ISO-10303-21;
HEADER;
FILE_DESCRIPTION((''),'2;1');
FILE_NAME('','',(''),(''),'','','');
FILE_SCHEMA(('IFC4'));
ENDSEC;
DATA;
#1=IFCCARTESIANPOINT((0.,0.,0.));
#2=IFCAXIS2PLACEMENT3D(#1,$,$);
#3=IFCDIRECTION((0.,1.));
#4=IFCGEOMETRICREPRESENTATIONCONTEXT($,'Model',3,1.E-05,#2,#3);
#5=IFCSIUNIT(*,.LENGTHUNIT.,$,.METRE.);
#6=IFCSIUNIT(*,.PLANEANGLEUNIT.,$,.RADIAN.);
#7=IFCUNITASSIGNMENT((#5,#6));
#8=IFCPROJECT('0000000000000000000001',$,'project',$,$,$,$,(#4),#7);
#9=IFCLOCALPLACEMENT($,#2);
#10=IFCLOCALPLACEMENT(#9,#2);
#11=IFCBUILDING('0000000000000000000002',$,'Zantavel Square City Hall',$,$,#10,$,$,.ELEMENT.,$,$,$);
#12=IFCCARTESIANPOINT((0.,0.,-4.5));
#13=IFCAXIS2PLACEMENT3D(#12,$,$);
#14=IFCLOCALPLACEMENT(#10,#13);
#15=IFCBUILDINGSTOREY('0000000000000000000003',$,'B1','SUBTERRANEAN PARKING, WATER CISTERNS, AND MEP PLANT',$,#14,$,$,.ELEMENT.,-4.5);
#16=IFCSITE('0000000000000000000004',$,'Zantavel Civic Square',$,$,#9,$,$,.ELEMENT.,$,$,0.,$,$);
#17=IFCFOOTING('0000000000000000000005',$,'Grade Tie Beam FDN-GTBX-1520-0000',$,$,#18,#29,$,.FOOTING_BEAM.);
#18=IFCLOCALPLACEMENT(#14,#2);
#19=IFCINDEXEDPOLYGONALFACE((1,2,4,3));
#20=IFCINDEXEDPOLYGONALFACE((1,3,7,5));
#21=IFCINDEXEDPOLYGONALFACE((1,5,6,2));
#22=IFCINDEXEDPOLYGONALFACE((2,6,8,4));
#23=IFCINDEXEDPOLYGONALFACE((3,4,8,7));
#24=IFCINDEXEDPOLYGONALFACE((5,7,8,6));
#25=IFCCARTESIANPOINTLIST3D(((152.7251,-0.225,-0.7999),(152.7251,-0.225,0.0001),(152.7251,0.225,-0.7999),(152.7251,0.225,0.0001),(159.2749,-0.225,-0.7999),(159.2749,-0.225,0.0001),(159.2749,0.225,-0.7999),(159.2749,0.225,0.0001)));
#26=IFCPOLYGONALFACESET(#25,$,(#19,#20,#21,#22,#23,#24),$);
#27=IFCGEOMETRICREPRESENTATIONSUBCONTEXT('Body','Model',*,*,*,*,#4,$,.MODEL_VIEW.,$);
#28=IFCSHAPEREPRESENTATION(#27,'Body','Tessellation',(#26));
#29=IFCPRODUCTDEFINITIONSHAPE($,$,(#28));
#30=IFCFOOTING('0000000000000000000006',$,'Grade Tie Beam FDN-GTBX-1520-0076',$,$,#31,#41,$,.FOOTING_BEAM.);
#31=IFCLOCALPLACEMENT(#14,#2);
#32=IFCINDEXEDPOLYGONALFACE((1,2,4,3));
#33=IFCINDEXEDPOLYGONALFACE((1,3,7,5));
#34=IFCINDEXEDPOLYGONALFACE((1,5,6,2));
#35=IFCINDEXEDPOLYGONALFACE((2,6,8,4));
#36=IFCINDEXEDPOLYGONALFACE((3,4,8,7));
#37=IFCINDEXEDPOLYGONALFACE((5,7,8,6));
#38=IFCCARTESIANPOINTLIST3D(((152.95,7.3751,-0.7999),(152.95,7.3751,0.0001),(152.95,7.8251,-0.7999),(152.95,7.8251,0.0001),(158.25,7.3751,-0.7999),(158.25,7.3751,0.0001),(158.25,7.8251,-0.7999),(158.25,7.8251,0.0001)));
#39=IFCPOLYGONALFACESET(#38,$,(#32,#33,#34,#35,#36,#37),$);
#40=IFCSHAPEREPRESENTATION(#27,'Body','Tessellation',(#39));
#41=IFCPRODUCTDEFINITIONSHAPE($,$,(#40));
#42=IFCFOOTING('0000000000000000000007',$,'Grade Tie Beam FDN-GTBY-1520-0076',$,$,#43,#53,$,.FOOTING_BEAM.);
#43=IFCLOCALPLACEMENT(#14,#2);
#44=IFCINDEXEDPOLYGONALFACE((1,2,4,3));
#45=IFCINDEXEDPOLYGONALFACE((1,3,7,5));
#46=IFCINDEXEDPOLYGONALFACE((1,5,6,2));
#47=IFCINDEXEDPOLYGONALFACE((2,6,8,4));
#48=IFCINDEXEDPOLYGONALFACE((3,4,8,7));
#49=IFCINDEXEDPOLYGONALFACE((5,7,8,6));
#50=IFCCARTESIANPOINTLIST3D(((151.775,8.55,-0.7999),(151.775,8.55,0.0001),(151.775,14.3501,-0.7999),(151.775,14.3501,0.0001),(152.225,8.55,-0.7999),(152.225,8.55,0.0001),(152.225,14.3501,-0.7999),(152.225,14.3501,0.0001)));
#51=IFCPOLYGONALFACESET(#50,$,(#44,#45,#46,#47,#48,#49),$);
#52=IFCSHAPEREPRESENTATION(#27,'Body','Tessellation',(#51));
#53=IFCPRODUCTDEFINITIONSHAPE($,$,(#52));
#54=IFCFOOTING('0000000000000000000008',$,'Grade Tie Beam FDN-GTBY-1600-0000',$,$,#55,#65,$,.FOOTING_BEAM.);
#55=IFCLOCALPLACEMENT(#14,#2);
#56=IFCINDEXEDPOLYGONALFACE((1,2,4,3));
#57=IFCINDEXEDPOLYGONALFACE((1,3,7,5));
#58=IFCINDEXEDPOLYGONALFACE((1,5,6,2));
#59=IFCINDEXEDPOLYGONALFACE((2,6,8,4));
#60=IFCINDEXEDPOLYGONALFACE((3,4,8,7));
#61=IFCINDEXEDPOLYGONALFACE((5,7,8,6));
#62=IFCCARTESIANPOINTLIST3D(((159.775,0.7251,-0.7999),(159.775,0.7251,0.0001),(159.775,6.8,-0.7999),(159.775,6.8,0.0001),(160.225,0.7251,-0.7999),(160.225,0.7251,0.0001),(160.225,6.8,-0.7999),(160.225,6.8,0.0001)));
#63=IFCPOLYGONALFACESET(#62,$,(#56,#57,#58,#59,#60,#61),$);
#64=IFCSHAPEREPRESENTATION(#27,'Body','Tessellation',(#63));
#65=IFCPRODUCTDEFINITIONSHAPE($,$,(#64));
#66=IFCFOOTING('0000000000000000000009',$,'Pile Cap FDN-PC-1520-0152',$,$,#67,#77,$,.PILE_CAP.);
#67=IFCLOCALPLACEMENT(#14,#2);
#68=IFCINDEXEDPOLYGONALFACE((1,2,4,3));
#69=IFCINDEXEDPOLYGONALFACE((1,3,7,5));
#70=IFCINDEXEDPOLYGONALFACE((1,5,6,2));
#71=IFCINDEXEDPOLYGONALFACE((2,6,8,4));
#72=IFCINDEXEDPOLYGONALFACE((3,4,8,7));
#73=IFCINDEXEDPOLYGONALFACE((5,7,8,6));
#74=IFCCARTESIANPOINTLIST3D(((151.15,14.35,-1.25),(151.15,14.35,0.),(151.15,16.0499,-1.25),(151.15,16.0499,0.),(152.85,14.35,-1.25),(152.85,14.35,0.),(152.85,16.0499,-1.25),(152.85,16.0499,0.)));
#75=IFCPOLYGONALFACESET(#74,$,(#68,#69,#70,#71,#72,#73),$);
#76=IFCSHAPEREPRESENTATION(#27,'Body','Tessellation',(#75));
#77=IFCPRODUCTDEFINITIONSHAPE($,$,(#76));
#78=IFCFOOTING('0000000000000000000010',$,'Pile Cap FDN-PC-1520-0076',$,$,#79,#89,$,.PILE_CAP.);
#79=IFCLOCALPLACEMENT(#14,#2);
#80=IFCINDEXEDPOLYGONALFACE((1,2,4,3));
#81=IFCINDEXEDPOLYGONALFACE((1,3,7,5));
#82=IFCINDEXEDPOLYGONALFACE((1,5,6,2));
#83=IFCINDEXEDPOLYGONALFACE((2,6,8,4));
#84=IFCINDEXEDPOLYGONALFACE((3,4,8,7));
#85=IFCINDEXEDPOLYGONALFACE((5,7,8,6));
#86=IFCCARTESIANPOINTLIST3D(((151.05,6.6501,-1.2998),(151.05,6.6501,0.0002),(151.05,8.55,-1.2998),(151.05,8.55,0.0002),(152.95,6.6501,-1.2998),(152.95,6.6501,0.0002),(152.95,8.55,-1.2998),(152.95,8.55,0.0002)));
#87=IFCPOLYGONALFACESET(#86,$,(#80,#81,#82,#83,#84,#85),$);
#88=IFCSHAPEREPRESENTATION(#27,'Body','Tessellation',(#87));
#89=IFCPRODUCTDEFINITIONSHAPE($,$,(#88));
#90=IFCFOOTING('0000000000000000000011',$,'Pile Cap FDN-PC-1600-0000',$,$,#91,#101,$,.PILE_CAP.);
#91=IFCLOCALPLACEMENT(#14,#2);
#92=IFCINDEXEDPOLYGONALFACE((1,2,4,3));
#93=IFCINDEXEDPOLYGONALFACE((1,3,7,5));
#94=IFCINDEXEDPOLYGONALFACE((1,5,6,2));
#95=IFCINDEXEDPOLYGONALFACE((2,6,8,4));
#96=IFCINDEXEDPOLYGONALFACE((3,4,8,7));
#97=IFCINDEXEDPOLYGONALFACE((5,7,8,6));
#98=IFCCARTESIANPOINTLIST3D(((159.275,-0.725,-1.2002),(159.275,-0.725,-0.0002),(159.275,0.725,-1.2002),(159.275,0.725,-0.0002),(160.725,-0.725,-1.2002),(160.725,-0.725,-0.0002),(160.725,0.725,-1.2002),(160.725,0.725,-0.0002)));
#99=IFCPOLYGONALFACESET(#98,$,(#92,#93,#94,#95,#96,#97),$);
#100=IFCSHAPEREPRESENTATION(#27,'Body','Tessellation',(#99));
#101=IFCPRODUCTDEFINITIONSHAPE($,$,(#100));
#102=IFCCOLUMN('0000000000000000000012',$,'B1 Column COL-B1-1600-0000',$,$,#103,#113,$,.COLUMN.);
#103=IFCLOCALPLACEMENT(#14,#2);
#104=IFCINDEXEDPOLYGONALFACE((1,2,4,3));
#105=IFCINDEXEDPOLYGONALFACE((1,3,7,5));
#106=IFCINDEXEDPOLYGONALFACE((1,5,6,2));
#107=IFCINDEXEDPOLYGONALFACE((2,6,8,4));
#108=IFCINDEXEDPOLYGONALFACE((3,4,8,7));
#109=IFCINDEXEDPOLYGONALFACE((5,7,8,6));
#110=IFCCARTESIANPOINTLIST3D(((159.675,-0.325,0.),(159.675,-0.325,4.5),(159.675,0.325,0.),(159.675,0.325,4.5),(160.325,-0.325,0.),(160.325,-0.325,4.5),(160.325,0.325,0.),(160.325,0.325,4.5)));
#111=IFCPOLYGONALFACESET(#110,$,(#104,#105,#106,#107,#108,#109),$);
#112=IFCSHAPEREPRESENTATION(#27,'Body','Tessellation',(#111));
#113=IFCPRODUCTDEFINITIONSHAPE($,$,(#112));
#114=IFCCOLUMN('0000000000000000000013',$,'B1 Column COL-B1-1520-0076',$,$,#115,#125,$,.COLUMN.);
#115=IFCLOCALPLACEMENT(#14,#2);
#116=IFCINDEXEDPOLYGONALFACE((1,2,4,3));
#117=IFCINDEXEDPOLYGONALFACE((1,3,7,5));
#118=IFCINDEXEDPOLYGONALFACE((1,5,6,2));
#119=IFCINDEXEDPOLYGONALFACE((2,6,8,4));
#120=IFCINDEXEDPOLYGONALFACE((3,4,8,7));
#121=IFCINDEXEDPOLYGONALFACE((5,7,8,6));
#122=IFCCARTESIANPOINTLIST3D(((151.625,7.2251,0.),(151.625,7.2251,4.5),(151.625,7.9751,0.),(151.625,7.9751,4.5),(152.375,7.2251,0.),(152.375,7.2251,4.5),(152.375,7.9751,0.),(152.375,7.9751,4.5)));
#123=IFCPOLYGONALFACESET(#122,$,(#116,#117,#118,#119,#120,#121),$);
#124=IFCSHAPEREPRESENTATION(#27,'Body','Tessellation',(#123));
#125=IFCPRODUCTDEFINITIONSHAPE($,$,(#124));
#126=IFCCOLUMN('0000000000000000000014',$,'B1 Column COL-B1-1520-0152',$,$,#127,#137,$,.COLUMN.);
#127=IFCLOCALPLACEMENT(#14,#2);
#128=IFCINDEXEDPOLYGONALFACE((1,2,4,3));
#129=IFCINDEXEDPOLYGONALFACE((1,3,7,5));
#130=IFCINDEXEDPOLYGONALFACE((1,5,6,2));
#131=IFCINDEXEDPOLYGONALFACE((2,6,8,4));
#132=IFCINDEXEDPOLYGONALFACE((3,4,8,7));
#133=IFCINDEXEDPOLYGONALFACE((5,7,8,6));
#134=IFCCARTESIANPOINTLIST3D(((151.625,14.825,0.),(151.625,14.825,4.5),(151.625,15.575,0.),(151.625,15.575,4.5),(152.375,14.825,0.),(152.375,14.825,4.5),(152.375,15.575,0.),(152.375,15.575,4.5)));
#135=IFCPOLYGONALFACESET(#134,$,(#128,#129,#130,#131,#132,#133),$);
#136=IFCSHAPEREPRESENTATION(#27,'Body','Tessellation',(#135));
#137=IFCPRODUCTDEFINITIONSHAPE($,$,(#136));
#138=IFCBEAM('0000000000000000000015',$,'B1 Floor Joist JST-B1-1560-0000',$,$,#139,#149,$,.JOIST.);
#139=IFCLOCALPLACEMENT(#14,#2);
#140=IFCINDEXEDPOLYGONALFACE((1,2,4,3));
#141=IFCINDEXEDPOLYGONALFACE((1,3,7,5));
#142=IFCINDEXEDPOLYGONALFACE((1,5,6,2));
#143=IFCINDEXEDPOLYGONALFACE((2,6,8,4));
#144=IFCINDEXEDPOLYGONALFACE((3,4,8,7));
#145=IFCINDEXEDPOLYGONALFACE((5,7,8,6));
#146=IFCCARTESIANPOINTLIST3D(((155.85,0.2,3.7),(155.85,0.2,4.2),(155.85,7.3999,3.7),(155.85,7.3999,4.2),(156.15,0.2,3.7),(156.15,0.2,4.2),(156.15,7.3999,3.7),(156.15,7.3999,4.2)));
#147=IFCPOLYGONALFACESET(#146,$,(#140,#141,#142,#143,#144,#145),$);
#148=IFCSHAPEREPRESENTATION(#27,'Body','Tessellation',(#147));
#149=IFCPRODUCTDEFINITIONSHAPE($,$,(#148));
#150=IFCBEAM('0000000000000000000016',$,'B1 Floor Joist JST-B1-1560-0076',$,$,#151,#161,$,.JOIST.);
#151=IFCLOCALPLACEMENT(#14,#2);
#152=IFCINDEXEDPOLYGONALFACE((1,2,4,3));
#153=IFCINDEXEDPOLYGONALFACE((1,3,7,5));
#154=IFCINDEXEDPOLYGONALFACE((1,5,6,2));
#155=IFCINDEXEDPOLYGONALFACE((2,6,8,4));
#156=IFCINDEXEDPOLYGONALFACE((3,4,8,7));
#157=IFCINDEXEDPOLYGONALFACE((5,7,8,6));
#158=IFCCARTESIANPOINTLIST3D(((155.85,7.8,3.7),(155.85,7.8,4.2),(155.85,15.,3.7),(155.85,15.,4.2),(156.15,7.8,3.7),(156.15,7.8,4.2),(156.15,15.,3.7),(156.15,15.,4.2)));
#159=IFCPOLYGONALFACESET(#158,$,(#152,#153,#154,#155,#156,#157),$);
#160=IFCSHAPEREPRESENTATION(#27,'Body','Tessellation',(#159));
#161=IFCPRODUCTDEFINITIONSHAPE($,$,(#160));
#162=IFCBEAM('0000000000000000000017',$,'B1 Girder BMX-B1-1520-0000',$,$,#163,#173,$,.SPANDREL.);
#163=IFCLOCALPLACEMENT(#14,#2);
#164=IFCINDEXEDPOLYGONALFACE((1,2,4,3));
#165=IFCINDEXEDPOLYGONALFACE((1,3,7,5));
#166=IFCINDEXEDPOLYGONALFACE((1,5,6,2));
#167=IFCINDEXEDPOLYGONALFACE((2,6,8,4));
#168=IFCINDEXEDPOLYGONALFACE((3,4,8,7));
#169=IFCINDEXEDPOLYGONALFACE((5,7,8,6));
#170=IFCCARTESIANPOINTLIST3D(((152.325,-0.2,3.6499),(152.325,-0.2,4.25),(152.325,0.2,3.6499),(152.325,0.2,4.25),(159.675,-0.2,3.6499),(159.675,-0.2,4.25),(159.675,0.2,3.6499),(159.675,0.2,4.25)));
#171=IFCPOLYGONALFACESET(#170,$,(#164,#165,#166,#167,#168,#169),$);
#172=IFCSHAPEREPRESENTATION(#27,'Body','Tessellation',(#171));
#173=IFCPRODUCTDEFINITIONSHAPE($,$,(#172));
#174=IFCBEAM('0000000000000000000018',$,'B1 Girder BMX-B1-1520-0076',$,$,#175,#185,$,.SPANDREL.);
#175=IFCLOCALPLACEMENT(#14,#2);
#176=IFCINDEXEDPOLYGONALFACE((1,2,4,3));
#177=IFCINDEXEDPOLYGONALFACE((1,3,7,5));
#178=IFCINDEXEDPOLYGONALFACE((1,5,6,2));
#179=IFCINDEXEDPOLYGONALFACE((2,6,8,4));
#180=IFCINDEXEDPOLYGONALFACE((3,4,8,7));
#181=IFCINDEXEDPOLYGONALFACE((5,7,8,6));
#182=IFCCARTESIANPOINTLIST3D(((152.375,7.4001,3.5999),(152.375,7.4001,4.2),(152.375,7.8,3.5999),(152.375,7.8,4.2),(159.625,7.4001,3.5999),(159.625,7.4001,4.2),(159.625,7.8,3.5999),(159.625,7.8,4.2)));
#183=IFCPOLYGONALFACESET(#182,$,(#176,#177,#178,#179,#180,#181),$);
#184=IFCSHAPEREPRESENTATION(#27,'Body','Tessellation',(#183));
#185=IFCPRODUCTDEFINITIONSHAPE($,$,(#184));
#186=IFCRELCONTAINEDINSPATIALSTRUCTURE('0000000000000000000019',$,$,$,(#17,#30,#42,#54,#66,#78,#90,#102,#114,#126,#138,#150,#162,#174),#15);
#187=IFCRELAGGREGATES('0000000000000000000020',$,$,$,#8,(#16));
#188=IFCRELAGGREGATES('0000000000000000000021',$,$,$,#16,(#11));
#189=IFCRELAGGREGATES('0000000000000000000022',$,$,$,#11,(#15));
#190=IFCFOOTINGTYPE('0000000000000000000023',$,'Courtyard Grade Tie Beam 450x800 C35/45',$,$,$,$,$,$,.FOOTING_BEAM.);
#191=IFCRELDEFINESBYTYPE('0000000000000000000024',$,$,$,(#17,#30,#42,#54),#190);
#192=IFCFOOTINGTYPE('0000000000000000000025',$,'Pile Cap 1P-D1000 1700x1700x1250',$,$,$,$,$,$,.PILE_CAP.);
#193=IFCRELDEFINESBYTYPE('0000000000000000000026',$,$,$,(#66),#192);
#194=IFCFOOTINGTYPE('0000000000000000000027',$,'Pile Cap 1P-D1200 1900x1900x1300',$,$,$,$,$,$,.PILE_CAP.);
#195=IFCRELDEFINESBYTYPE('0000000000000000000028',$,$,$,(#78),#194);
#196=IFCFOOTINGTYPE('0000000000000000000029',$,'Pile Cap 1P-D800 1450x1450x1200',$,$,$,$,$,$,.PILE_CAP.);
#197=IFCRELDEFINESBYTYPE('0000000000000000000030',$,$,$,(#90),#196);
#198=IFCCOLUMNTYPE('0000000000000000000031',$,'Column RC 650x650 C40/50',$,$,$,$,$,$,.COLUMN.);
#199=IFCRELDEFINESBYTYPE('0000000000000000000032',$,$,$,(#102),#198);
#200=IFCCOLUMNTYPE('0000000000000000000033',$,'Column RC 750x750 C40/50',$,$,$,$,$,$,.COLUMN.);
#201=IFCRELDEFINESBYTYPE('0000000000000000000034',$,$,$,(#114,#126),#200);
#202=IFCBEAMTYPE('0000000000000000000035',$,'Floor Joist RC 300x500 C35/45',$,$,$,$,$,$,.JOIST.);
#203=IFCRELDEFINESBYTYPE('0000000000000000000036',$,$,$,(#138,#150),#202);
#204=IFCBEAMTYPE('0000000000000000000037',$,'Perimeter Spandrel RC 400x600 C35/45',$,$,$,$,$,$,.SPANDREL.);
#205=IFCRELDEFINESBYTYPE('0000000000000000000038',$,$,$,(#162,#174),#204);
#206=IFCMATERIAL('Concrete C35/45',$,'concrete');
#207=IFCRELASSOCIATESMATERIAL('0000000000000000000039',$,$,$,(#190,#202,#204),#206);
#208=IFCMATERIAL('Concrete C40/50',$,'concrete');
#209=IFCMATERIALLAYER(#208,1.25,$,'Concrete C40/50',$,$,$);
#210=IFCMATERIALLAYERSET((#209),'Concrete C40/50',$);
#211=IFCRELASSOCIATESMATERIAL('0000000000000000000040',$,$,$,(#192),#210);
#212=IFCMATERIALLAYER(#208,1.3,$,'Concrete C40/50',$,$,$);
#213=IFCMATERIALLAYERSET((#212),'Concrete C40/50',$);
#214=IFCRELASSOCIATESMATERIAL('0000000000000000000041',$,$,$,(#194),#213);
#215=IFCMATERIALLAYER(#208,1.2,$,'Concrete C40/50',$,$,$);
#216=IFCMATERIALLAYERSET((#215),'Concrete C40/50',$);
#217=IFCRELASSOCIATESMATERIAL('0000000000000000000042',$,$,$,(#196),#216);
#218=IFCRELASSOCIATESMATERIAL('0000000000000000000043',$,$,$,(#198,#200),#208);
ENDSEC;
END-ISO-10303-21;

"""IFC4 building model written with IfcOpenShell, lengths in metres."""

from ifc_helpers import new_model, si_unit, direction, frame, origin, origin_2d, place, context, subcontext, project, spatial, rectangle, extrude, material, layer, layer_set, material_profile, profile_set, type_object, element, save


model = new_model("IFC4")

# Units and contexts
model_context = context("Model", 3, precision=1e-05, world=origin(), true_north=direction((0.0, 1.0)))
body_context = subcontext(model_context, "Body", "Model", "MODEL_VIEW")
ifc_project = project(units=[si_unit("LENGTHUNIT", "METRE"), si_unit("PLANEANGLEUNIT", "RADIAN")], contexts=[model_context])

# Site, building, storey
site_placement = place(None, origin())
site = spatial("IfcSite", under=ifc_project, at=site_placement, Name="Zantavel Civic Square", CompositionType="ELEMENT", RefElevation=0.0)
building_placement = place(site_placement, origin())
building = spatial("IfcBuilding", under=site, at=building_placement, Name="Zantavel Square City Hall", CompositionType="ELEMENT")
storey_placement = place(building_placement, frame((0.0, 0.0, -4.5)))
storey = spatial("IfcBuildingStorey", under=building, at=storey_placement, Name="B1", Description="SUBTERRANEAN PARKING, WATER CISTERNS, AND MEP PLANT", CompositionType="ELEMENT", Elevation=-4.5)

# Shared definitions
ifc_material_1 = material(Name="Concrete C35/45", Category="concrete")

# Footings
ifc_material_profile_1 = material_profile(ifc_material_1, rectangle(XDim=0.45, YDim=0.8, at=origin_2d()), Name="RC 450x800")
ifc_profile_set_1 = profile_set([ifc_material_profile_1], Name="Concrete C35/45")
footing_type_1 = type_object("IfcFootingType", Name="Courtyard Grade Tie Beam 450x800 C35/45", PredefinedType="FOOTING_BEAM", material=ifc_profile_set_1)
footing_1_placement = place(storey_placement, frame((152.7251, 0.0, -0.3999), z_axis=(1.0, 0.0, 0.0), x_axis=(0.0, 1.0, 0.0)))
element("IfcFooting", 1, at=footing_1_placement, inside=storey, type_object=footing_type_1, Name="Grade Tie Beam FDN-GTBX-1520-0000", PredefinedType="FOOTING_BEAM", context=body_context, shape_type="SweptSolid", body=[
    extrude(rectangle(XDim=0.45, YDim=0.8, at=origin_2d()), origin(), (0.0, 0.0, 1.0), 6.5498),
])
footing_2_placement = place(storey_placement, frame((152.95, 7.6001, -0.3999), z_axis=(1.0, 0.0, 0.0), x_axis=(0.0, 1.0, 0.0)))
element("IfcFooting", 2, at=footing_2_placement, inside=storey, type_object=footing_type_1, Name="Grade Tie Beam FDN-GTBX-1520-0076", PredefinedType="FOOTING_BEAM", context=body_context, shape_type="SweptSolid", body=[
    extrude(rectangle(XDim=0.45, YDim=0.8, at=origin_2d()), origin(), (0.0, 0.0, 1.0), 5.3),
])
footing_3_placement = place(storey_placement, frame((152.0, 8.55, -0.3999), z_axis=(0.0, 1.0, 0.0), x_axis=(-1.0, 0.0, 0.0)))
element("IfcFooting", 3, at=footing_3_placement, inside=storey, type_object=footing_type_1, Name="Grade Tie Beam FDN-GTBY-1520-0076", PredefinedType="FOOTING_BEAM", context=body_context, shape_type="SweptSolid", body=[
    extrude(rectangle(XDim=0.45, YDim=0.8, at=origin_2d()), origin(), (0.0, 0.0, 1.0), 5.8),
])
footing_4_placement = place(storey_placement, frame((160.0, 0.7251, -0.3999), z_axis=(0.0, 1.0, 0.0), x_axis=(-1.0, 0.0, 0.0)))
element("IfcFooting", 4, at=footing_4_placement, inside=storey, type_object=footing_type_1, Name="Grade Tie Beam FDN-GTBY-1600-0000", PredefinedType="FOOTING_BEAM", context=body_context, shape_type="SweptSolid", body=[
    extrude(rectangle(XDim=0.45, YDim=0.8, at=origin_2d()), origin(), (0.0, 0.0, 1.0), 6.075),
])
ifc_material_2 = material(Name="Concrete C40/50", Category="concrete")
ifc_layer_1 = layer(ifc_material_2, 1.25, Name="Concrete C40/50")
ifc_layer_set_1 = layer_set([ifc_layer_1], Name="Concrete C40/50")
footing_type_2 = type_object("IfcFootingType", Name="Pile Cap 1P-D1000 1700x1700x1250", PredefinedType="PILE_CAP", material=ifc_layer_set_1)
footing_5_placement = place(storey_placement, frame((152.0, 15.2, -1.25), z_axis=(0.0, 0.0, 1.0), x_axis=(1.0, 0.0, 0.0)))
element("IfcFooting", 5, at=footing_5_placement, inside=storey, type_object=footing_type_2, Name="Pile Cap FDN-PC-1520-0152", PredefinedType="PILE_CAP", context=body_context, shape_type="SweptSolid", body=[
    extrude(rectangle(XDim=1.7, YDim=1.7, at=origin_2d()), origin(), (0.0, 0.0, 1.0), 1.25),
])
ifc_layer_2 = layer(ifc_material_2, 1.3, Name="Concrete C40/50")
ifc_layer_set_2 = layer_set([ifc_layer_2], Name="Concrete C40/50")
footing_type_3 = type_object("IfcFootingType", Name="Pile Cap 1P-D1200 1900x1900x1300", PredefinedType="PILE_CAP", material=ifc_layer_set_2)
footing_6_placement = place(storey_placement, frame((152.0, 7.6001, -1.2998), z_axis=(0.0, 0.0, 1.0), x_axis=(1.0, 0.0, 0.0)))
element("IfcFooting", 6, at=footing_6_placement, inside=storey, type_object=footing_type_3, Name="Pile Cap FDN-PC-1520-0076", PredefinedType="PILE_CAP", context=body_context, shape_type="SweptSolid", body=[
    extrude(rectangle(XDim=1.8999, YDim=1.8999, at=origin_2d()), origin(), (0.0, 0.0, 1.0), 1.3),
])
ifc_layer_3 = layer(ifc_material_2, 1.2, Name="Concrete C40/50")
ifc_layer_set_3 = layer_set([ifc_layer_3], Name="Concrete C40/50")
footing_type_4 = type_object("IfcFootingType", Name="Pile Cap 1P-D800 1450x1450x1200", PredefinedType="PILE_CAP", material=ifc_layer_set_3)
footing_7_placement = place(storey_placement, frame((160.0, 0.0, -1.2002), z_axis=(0.0, 0.0, 1.0), x_axis=(1.0, 0.0, 0.0)))
element("IfcFooting", 7, at=footing_7_placement, inside=storey, type_object=footing_type_4, Name="Pile Cap FDN-PC-1600-0000", PredefinedType="PILE_CAP", context=body_context, shape_type="SweptSolid", body=[
    extrude(rectangle(XDim=1.45, YDim=1.45, at=origin_2d()), origin(), (0.0, 0.0, 1.0), 1.2),
])

# Columns
ifc_material_profile_2 = material_profile(ifc_material_2, rectangle(XDim=0.6499, YDim=0.6499, at=origin_2d()), Name="RC 650x650")
ifc_profile_set_2 = profile_set([ifc_material_profile_2], Name="Concrete C40/50")
column_type_1 = type_object("IfcColumnType", Name="Column RC 650x650 C40/50", PredefinedType="COLUMN", material=ifc_profile_set_2)
column_placement = place(storey_placement, frame((160.0, 0.0, 0.0), z_axis=(0.0, 0.0, 1.0), x_axis=(1.0, 0.0, 0.0)))
element("IfcColumn", 8, at=column_placement, inside=storey, type_object=column_type_1, Name="B1 Column COL-B1-1600-0000", PredefinedType="COLUMN", context=body_context, shape_type="SweptSolid", body=[
    extrude(rectangle(XDim=0.6499, YDim=0.6499, at=origin_2d()), origin(), (0.0, 0.0, 1.0), 4.5),
])
ifc_material_profile_3 = material_profile(ifc_material_2, rectangle(XDim=0.75, YDim=0.75, at=origin_2d()), Name="RC 750x750")
ifc_profile_set_3 = profile_set([ifc_material_profile_3], Name="Concrete C40/50")
column_type_2 = type_object("IfcColumnType", Name="Column RC 750x750 C40/50", PredefinedType="COLUMN", material=ifc_profile_set_3)
for number, where, z_axis, x_axis, name in (
    (9, (152.0, 7.6001, 0.0), (0.0, 0.0, 1.0), (1.0, 0.0, 0.0), "B1 Column COL-B1-1520-0076"),
    (10, (152.0, 15.2, 0.0), (0.0, 0.0, 1.0), (1.0, 0.0, 0.0), "B1 Column COL-B1-1520-0152"),
):
    element("IfcColumn", number, at=place(storey_placement, frame(where, z_axis=z_axis, x_axis=x_axis)), inside=storey, type_object=column_type_2, Name=name, PredefinedType="COLUMN", context=body_context, shape_type="SweptSolid", body=[
        extrude(rectangle(XDim=0.75, YDim=0.75, at=origin_2d()), origin(), (0.0, 0.0, 1.0), 4.5),
    ])

# Beams
ifc_material_profile_4 = material_profile(ifc_material_1, rectangle(XDim=0.3, YDim=0.5, at=origin_2d()), Name="RC 300x500")
ifc_profile_set_4 = profile_set([ifc_material_profile_4], Name="Concrete C35/45")
beam_type_1 = type_object("IfcBeamType", Name="Floor Joist RC 300x500 C35/45", PredefinedType="JOIST", material=ifc_profile_set_4)
for number, where, z_axis, x_axis, name in (
    (11, (156.0, 0.2, 3.95), (0.0, 1.0, 0.0), (-1.0, 0.0, 0.0), "B1 Floor Joist JST-B1-1560-0000"),
    (12, (156.0, 7.8, 3.95), (0.0, 1.0, 0.0), (-1.0, 0.0, 0.0), "B1 Floor Joist JST-B1-1560-0076"),
):
    element("IfcBeam", number, at=place(storey_placement, frame(where, z_axis=z_axis, x_axis=x_axis)), inside=storey, type_object=beam_type_1, Name=name, PredefinedType="JOIST", context=body_context, shape_type="SweptSolid", body=[
        extrude(rectangle(XDim=0.3, YDim=0.5, at=origin_2d()), origin(), (0.0, 0.0, 1.0), 7.2),
    ])
ifc_material_profile_5 = material_profile(ifc_material_1, rectangle(XDim=0.3999, YDim=0.6001, at=origin_2d()), Name="RC 400x600")
ifc_profile_set_5 = profile_set([ifc_material_profile_5], Name="Concrete C35/45")
beam_type_2 = type_object("IfcBeamType", Name="Perimeter Spandrel RC 400x600 C35/45", PredefinedType="SPANDREL", material=ifc_profile_set_5)
beam_1_placement = place(storey_placement, frame((152.325, 0.0, 3.95), z_axis=(1.0, 0.0, 0.0), x_axis=(0.0, 1.0, 0.0)))
element("IfcBeam", 13, at=beam_1_placement, inside=storey, type_object=beam_type_2, Name="B1 Girder BMX-B1-1520-0000", PredefinedType="SPANDREL", context=body_context, shape_type="SweptSolid", body=[
    extrude(rectangle(XDim=0.3999, YDim=0.6001, at=origin_2d()), origin(), (0.0, 0.0, 1.0), 7.3501),
])
beam_2_placement = place(storey_placement, frame((152.375, 7.6001, 3.8999), z_axis=(1.0, 0.0, 0.0), x_axis=(0.0, 1.0, 0.0)))
element("IfcBeam", 14, at=beam_2_placement, inside=storey, type_object=beam_type_2, Name="B1 Girder BMX-B1-1520-0076", PredefinedType="SPANDREL", context=body_context, shape_type="SweptSolid", body=[
    extrude(rectangle(XDim=0.3999, YDim=0.6001, at=origin_2d()), origin(), (0.0, 0.0, 1.0), 7.25),
])

save(model, "model.ifc")
